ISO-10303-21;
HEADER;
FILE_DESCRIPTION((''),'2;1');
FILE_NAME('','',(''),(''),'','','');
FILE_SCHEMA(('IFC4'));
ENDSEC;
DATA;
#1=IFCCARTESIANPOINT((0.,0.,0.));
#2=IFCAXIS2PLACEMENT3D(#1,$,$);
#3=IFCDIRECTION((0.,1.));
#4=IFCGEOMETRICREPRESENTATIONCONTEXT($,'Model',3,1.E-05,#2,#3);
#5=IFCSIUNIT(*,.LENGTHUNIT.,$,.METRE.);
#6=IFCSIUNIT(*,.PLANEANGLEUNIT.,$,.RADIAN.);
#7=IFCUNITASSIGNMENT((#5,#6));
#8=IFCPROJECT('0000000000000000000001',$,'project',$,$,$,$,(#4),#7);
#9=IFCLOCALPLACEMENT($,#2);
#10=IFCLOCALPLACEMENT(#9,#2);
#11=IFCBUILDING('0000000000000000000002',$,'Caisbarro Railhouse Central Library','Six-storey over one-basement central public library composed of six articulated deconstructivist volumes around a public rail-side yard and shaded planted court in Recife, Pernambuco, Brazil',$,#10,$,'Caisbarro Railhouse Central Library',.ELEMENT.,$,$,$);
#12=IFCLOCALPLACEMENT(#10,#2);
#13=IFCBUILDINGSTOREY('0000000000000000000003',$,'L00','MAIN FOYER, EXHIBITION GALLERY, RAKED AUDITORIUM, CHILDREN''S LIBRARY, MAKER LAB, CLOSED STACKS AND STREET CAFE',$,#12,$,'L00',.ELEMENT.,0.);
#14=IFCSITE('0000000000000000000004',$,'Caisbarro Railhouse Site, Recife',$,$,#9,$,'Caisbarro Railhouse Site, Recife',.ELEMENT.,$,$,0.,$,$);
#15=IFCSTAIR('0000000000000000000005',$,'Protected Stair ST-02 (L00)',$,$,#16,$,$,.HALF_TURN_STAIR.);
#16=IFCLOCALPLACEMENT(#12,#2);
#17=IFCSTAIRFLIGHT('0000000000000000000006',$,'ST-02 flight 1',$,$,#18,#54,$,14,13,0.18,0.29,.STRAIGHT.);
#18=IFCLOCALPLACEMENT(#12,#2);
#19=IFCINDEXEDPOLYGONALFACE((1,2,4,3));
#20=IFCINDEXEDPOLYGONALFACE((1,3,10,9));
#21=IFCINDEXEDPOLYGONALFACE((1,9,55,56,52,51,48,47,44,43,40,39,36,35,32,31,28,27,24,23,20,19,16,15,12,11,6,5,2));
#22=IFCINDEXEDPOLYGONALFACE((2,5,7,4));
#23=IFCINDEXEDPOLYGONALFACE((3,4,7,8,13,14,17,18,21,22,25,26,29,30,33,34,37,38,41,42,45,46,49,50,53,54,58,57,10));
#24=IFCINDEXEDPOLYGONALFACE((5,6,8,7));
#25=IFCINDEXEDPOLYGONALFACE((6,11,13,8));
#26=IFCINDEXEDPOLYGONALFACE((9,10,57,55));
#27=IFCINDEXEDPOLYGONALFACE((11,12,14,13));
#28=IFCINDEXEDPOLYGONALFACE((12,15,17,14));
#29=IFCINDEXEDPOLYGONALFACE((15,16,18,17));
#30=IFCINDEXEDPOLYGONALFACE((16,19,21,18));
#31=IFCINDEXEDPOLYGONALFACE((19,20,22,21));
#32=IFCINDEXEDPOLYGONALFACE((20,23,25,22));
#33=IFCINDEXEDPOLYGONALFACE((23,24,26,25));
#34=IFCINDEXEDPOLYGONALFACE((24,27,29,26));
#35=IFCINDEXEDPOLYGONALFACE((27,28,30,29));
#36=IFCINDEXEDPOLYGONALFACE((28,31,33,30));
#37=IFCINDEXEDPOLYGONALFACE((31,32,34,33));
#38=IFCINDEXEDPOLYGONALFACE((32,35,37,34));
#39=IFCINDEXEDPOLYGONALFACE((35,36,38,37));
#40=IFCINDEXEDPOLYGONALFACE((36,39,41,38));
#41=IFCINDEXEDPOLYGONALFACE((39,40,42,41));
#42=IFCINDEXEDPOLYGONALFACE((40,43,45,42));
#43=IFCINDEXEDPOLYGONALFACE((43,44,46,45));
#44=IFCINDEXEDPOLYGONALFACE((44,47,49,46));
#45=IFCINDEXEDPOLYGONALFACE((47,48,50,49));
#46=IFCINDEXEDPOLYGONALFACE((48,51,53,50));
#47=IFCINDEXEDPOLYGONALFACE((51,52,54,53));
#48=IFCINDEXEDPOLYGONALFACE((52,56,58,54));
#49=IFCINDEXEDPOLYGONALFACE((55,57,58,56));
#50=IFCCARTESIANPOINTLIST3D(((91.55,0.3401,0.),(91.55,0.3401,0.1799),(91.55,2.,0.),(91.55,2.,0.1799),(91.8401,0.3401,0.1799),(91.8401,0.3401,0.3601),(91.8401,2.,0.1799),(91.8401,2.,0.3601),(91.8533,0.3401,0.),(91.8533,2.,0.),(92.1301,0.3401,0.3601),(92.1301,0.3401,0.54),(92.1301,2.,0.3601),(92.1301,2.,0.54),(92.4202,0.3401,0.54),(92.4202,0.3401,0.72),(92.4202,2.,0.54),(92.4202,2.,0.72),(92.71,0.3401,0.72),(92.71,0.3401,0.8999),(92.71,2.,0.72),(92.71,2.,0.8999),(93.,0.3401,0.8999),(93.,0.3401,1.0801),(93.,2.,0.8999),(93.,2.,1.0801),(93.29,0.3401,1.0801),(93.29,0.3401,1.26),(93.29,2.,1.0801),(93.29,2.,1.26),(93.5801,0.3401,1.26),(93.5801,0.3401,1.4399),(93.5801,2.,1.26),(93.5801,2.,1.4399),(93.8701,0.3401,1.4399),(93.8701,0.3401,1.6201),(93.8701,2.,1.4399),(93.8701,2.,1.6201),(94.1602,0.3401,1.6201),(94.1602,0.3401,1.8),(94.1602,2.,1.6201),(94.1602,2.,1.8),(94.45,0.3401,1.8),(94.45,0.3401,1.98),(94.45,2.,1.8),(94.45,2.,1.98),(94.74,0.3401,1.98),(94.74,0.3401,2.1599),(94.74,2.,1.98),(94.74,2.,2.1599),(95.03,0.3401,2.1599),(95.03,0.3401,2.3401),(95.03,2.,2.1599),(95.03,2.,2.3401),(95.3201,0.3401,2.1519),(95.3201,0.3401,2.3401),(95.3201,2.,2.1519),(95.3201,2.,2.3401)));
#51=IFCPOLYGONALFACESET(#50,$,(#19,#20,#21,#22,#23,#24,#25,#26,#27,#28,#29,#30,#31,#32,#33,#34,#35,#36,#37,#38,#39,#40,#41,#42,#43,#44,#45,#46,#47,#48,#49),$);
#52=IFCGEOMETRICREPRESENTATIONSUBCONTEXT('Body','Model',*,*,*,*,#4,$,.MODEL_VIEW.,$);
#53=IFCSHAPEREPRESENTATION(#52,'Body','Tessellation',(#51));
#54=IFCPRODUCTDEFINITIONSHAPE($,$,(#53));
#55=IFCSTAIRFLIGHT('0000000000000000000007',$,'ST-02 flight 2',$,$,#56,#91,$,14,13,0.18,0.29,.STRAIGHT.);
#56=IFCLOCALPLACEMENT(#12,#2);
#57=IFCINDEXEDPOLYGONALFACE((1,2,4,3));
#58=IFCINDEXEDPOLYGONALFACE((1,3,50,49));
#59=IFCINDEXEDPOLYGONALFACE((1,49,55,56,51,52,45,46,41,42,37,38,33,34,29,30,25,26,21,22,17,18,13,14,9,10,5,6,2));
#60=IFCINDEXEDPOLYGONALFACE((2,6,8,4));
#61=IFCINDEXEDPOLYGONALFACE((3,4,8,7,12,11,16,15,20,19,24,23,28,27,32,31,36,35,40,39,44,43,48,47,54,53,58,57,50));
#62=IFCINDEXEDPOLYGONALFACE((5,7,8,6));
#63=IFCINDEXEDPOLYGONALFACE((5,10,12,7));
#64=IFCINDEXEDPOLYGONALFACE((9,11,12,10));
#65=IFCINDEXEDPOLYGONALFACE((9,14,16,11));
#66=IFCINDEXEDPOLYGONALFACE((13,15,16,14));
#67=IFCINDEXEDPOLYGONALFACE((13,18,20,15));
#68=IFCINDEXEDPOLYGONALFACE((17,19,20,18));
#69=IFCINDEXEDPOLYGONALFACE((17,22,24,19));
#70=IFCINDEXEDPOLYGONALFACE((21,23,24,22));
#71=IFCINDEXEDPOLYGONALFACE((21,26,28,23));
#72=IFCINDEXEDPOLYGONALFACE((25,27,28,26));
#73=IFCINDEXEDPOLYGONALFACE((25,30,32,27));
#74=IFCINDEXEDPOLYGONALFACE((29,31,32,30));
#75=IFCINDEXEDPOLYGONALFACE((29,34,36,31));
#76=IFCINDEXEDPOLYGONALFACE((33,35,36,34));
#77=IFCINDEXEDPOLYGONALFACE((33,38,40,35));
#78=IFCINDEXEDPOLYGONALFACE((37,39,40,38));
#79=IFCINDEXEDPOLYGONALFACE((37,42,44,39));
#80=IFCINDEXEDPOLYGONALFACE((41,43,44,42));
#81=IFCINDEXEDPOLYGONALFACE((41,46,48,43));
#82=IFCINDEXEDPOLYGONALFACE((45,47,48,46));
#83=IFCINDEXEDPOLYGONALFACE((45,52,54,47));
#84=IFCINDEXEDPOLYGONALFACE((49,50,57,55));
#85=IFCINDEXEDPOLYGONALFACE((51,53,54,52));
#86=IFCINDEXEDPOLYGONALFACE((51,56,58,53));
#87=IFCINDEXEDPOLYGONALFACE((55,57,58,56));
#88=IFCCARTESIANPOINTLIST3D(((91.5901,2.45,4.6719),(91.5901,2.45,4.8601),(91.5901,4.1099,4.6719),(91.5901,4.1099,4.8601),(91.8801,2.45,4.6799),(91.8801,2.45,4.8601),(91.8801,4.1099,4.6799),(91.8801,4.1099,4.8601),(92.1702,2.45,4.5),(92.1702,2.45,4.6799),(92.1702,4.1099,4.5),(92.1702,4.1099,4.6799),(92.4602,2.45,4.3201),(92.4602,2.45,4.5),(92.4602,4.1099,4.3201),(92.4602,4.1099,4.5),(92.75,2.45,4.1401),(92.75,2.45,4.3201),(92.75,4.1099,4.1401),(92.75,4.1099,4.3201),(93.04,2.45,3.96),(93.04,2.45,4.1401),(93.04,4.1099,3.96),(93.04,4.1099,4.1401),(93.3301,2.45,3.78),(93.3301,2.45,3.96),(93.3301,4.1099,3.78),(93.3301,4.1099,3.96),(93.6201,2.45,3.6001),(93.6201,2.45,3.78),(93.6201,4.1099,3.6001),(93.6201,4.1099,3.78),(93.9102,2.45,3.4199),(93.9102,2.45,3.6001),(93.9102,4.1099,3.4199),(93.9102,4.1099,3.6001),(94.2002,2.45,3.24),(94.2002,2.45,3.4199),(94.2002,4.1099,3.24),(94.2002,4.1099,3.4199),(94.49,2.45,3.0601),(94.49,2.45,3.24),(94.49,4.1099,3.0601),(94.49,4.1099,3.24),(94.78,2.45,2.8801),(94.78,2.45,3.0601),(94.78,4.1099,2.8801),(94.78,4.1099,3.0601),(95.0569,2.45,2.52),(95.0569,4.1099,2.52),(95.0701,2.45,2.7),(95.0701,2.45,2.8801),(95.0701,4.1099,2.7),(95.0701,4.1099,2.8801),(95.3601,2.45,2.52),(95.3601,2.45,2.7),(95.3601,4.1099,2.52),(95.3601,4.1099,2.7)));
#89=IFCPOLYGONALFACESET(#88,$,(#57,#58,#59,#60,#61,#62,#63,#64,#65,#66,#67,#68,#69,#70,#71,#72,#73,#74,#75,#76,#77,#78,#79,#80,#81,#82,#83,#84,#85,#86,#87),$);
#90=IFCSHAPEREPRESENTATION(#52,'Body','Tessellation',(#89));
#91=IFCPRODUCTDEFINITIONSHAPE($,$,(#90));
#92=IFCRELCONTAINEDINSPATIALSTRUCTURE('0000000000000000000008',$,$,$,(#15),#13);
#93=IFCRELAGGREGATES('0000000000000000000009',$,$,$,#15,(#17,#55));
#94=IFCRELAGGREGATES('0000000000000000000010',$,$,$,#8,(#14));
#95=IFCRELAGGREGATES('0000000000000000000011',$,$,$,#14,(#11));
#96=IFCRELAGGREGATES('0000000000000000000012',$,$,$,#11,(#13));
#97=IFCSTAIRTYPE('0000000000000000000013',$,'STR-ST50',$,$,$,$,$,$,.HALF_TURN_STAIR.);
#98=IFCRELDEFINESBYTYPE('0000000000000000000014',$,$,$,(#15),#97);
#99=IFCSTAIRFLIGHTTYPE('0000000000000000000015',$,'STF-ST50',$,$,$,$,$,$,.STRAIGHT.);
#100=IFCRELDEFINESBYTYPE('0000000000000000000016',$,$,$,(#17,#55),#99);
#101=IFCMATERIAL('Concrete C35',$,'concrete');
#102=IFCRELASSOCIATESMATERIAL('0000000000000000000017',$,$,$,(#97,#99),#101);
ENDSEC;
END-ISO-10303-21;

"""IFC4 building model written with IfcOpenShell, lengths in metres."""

from ifc_helpers import new_model, si_unit, direction, frame, origin, place, context, subcontext, project, spatial, polyline, outline, extrude, material, type_object, element, aggregate, save


model = new_model("IFC4")

# Units and contexts
model_context = context("Model", 3, precision=1e-05, world=origin(), true_north=direction((0.0, 1.0)))
body_context = subcontext(model_context, "Body", "Model", "MODEL_VIEW")
ifc_project = project(units=[si_unit("LENGTHUNIT", "METRE"), si_unit("PLANEANGLEUNIT", "RADIAN")], contexts=[model_context])

# Site, building, storey
site_placement = place(None, origin())
site = spatial("IfcSite", under=ifc_project, at=site_placement, Name="Caisbarro Railhouse Site, Recife", LongName="Caisbarro Railhouse Site, Recife", CompositionType="ELEMENT", RefElevation=0.0)
building_placement = place(site_placement, origin())
building = spatial("IfcBuilding", under=site, at=building_placement, Name="Caisbarro Railhouse Central Library", Description="Six-storey over one-basement central public library composed of six articulated deconstructivist volumes around a public rail-side yard and shaded planted court in Recife, Pernambuco, Brazil", LongName="Caisbarro Railhouse Central Library", CompositionType="ELEMENT")
storey_placement = place(building_placement, origin())
storey = spatial("IfcBuildingStorey", under=building, at=storey_placement, Name="L00", Description="MAIN FOYER, EXHIBITION GALLERY, RAKED AUDITORIUM, CHILDREN'S LIBRARY, MAKER LAB, CLOSED STACKS AND STREET CAFE", LongName="L00", CompositionType="ELEMENT", Elevation=0.0)

# Stair, stair flights
ifc_material_1 = material(Name="Concrete C35", Category="concrete")
stair_type = type_object("IfcStairType", Name="STR-ST50", PredefinedType="HALF_TURN_STAIR", material=ifc_material_1)
stair_placement = place(storey_placement, origin())
stair = element("IfcStair", 1, at=stair_placement, inside=storey, type_object=stair_type, Name="Protected Stair ST-02 (L00)", PredefinedType="HALF_TURN_STAIR")
stair_flight_type = type_object("IfcStairFlightType", Name="STF-ST50", PredefinedType="STRAIGHT", material=ifc_material_1)
stair_flight_1_placement = place(storey_placement, frame((91.55, 1.1699, 0.0), z_axis=(0.0, 0.0, 1.0), x_axis=(1.0, 0.0, 0.0)))
stair_flight_1 = element("IfcStairFlight", 2, at=stair_flight_1_placement, type_object=stair_flight_type, Name="ST-02 flight 1", NumberOfRisers=14, NumberOfTreads=13, PredefinedType="STRAIGHT", RiserHeight=0.18, TreadLength=0.29, context=body_context, shape_type="SweptSolid", body=[
    extrude(outline(polyline([(0.0, 0.0), (0.0, 0.1799), (0.29, 0.1799), (0.29, 0.3601), (0.5801, 0.3601), (0.5801, 0.54), (0.8701, 0.54), (0.8701, 0.72), (1.1599, 0.72), (1.1599, 0.8999), (1.45, 0.8999), (1.45, 1.0801), (1.74, 1.0801), (1.74, 1.26), (2.03, 1.26), (2.03, 1.4399), (2.3201, 1.4399), (2.3201, 1.6201), (2.6101, 1.6201), (2.6101, 1.8), (2.8999, 1.8), (2.8999, 1.98), (3.1899, 1.98), (3.1899, 2.1599), (3.48, 2.1599), (3.48, 2.3401), (3.77, 2.3401), (3.77, 2.52), (3.77, 2.1519), (0.3032, 0.0), (0.0, 0.0)])), frame((0.0, 0.8301, 0.0), z_axis=(0.0, -1.0, 0.0), x_axis=(1.0, 0.0, 0.0)), (0.0, 0.0, 1.0), 1.6599),
])
stair_flight_2_placement = place(storey_placement, frame((95.3601, 3.28, 2.52), z_axis=(0.0, 0.0, 1.0), x_axis=(-1.0, 0.0, 0.0)))
stair_flight_2 = element("IfcStairFlight", 3, at=stair_flight_2_placement, type_object=stair_flight_type, Name="ST-02 flight 2", NumberOfRisers=14, NumberOfTreads=13, PredefinedType="STRAIGHT", RiserHeight=0.18, TreadLength=0.29, context=body_context, shape_type="SweptSolid", body=[
    extrude(outline(polyline([(0.0, 0.0), (0.0, 0.1799), (0.29, 0.1799), (0.29, 0.3601), (0.5801, 0.3601), (0.5801, 0.54), (0.8701, 0.54), (0.8701, 0.72), (1.1599, 0.72), (1.1599, 0.8999), (1.45, 0.8999), (1.45, 1.0801), (1.74, 1.0801), (1.74, 1.26), (2.03, 1.26), (2.03, 1.4399), (2.3201, 1.4399), (2.3201, 1.6201), (2.6101, 1.6201), (2.6101, 1.8), (2.8999, 1.8), (2.8999, 1.98), (3.1899, 1.98), (3.1899, 2.1599), (3.48, 2.1599), (3.48, 2.3401), (3.77, 2.3401), (3.77, 2.52), (3.77, 2.1519), (0.3032, 0.0), (0.0, 0.0)])), frame((0.0, 0.8301, 0.0), z_axis=(0.0, -1.0, 0.0), x_axis=(1.0, 0.0, 0.0)), (0.0, 0.0, 1.0), 1.6599),
])
aggregate(stair, [stair_flight_1, stair_flight_2])

save(model, "model.ifc")
